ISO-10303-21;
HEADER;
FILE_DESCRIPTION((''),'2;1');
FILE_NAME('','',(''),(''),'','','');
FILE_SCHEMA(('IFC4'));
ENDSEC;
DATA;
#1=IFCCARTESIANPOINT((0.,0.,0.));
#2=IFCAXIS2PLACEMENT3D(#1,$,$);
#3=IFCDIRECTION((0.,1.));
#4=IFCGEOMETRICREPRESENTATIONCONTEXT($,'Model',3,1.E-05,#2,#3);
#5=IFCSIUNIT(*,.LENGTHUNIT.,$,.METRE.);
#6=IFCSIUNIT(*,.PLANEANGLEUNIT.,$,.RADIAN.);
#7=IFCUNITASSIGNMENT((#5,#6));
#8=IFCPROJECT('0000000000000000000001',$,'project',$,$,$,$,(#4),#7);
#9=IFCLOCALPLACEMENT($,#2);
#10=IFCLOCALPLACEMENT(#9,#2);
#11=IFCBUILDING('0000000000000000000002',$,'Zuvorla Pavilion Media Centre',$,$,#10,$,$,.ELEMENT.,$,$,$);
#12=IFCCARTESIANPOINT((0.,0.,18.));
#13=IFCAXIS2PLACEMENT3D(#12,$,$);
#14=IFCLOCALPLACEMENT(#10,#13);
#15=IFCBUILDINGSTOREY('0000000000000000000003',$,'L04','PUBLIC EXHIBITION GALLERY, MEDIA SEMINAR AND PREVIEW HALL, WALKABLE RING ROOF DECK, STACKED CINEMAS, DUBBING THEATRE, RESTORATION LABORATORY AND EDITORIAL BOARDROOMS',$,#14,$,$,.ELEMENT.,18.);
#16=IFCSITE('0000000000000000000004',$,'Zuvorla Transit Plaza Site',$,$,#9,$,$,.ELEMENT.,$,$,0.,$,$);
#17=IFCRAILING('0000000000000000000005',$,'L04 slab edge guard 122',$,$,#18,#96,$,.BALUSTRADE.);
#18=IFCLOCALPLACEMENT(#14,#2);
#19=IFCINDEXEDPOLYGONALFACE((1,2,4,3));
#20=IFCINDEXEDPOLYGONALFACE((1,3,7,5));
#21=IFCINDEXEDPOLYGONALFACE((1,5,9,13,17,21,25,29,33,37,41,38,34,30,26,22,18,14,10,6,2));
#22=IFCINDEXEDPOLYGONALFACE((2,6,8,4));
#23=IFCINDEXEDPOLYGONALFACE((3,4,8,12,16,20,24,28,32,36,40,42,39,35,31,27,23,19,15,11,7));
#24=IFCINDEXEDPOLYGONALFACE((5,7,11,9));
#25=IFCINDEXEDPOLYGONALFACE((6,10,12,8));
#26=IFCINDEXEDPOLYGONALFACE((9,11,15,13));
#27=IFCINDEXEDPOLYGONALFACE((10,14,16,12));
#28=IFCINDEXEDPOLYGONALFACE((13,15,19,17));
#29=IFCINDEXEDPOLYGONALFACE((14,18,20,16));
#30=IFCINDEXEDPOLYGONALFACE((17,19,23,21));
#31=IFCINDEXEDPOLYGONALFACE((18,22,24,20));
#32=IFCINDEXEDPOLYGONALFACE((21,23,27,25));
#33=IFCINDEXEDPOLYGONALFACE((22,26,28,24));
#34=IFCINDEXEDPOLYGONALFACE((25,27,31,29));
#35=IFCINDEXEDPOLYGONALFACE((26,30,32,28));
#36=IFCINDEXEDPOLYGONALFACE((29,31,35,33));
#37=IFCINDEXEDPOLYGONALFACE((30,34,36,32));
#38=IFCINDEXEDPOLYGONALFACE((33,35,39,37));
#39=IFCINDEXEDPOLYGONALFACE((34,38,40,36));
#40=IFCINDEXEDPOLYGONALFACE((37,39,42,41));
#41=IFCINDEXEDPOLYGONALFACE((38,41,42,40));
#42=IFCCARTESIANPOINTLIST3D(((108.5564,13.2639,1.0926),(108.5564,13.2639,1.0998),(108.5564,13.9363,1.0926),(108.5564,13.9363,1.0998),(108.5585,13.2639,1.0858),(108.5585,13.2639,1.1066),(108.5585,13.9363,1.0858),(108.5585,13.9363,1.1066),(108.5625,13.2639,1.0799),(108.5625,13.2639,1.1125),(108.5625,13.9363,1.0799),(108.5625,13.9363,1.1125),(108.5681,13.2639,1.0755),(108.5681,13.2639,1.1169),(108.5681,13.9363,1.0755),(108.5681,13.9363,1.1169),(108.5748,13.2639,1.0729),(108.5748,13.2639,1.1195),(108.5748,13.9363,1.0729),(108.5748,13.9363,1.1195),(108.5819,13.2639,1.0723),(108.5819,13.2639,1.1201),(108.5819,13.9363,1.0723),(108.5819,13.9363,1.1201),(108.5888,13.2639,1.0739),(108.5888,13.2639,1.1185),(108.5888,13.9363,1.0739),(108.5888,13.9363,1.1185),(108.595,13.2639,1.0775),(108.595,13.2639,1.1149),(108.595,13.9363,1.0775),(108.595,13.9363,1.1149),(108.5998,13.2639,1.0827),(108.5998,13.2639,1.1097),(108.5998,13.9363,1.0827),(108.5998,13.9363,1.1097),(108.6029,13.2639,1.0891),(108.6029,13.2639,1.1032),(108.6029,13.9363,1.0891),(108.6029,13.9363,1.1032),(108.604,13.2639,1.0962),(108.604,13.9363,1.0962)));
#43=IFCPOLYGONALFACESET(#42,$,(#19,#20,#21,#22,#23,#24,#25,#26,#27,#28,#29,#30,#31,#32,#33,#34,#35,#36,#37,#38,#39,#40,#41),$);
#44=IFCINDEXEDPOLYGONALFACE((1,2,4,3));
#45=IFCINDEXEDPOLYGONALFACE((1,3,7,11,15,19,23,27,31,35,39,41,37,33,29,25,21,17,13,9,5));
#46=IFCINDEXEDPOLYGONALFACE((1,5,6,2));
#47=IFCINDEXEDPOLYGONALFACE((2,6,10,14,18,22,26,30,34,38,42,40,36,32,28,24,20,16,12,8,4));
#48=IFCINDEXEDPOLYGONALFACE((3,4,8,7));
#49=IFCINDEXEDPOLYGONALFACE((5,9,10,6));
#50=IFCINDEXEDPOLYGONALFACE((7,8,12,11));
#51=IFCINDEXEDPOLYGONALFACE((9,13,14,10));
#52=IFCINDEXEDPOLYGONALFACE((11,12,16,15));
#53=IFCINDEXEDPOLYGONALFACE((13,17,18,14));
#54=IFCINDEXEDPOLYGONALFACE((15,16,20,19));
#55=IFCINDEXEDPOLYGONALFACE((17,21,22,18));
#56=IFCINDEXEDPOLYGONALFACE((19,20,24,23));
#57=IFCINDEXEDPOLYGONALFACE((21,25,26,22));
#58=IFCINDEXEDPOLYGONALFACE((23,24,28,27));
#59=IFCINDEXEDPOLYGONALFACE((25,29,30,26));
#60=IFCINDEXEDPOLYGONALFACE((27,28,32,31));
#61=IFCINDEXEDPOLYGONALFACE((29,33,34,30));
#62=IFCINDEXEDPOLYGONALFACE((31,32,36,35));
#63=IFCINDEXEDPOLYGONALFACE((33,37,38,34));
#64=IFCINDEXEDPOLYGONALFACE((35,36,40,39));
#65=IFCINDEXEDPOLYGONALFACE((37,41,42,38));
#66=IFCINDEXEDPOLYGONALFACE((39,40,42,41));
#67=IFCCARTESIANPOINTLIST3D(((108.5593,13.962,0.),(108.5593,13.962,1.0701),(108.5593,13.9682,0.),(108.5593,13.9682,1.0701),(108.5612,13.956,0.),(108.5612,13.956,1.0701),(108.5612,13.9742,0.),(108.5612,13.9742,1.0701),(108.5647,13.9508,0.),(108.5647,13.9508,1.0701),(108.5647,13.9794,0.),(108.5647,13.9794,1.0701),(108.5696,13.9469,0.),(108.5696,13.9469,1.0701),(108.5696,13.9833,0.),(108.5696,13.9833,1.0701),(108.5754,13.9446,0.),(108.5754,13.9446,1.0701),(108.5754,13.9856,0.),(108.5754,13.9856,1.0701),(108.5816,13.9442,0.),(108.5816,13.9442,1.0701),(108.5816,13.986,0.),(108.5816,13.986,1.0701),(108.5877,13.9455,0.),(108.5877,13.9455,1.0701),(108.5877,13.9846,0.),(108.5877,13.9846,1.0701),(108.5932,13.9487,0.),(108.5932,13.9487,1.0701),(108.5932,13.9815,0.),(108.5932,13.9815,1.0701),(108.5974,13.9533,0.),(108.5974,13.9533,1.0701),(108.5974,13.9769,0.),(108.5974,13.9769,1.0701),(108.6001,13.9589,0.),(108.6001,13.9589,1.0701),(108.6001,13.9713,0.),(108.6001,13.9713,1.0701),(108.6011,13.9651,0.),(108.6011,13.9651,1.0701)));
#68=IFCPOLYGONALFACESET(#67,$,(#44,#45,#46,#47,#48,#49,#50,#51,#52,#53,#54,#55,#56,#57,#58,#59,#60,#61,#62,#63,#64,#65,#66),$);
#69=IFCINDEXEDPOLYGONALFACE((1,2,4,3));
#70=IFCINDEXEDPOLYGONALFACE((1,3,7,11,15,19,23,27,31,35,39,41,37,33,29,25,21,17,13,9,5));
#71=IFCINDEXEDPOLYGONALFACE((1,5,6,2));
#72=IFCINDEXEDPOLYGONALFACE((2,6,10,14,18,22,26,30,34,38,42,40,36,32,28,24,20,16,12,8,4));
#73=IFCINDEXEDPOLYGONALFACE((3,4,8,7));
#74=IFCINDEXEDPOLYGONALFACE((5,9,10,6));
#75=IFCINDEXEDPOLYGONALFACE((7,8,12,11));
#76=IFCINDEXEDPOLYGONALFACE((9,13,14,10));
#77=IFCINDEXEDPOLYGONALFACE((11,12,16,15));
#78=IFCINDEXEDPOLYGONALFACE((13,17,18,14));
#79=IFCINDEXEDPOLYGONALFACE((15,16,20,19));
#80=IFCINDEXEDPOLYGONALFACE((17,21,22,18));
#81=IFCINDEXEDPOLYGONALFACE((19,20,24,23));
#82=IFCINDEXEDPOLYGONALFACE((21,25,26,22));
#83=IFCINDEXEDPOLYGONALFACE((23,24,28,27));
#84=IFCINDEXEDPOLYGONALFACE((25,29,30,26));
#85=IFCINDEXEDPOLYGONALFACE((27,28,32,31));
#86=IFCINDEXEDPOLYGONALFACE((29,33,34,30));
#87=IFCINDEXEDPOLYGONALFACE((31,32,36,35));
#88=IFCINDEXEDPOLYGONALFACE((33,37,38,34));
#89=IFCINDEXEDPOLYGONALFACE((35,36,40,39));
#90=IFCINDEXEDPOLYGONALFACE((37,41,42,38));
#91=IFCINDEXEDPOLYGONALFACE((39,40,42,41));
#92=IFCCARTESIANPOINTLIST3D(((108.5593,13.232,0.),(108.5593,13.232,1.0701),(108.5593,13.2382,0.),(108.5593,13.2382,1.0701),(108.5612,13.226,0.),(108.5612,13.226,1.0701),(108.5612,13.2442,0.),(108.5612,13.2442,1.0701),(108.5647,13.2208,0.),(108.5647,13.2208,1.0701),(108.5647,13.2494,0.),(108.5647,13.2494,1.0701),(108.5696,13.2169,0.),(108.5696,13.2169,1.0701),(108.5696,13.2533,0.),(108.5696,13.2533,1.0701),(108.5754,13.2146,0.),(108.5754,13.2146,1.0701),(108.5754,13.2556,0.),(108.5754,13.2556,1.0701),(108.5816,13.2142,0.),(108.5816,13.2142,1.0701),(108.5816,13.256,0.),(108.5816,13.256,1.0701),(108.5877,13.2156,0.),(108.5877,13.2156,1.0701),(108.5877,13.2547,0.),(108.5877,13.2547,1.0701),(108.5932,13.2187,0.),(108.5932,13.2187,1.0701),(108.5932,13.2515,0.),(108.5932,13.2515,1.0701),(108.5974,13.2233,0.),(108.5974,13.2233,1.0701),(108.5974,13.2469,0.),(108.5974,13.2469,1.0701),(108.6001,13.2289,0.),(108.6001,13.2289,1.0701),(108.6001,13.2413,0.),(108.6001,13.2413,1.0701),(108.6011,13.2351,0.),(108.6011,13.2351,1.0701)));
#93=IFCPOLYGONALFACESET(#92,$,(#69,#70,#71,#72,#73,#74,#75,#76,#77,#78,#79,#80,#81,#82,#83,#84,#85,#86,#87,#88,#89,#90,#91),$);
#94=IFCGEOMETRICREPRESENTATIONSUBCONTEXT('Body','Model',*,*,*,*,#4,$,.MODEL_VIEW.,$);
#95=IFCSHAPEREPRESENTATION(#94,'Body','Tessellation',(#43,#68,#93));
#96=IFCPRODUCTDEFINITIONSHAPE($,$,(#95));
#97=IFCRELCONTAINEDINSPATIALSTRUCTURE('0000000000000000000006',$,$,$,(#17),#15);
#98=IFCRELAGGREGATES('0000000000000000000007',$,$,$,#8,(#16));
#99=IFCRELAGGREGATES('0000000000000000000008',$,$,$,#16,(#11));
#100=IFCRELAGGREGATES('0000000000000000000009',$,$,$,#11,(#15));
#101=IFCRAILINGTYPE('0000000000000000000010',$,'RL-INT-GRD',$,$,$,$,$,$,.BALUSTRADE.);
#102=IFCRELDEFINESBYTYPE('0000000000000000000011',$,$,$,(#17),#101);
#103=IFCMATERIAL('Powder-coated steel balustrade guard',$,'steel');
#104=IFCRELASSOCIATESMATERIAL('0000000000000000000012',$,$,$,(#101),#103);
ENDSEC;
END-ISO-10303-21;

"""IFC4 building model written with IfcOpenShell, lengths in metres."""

from ifc_helpers import new_model, si_unit, direction, frame, origin, origin_2d, place, context, subcontext, project, spatial, circle, extrude, material, type_object, element, save


model = new_model("IFC4")

# Units and contexts
model_context = context("Model", 3, precision=1e-05, world=origin(), true_north=direction((0.0, 1.0)))
body_context = subcontext(model_context, "Body", "Model", "MODEL_VIEW")
ifc_project = project(units=[si_unit("LENGTHUNIT", "METRE"), si_unit("PLANEANGLEUNIT", "RADIAN")], contexts=[model_context])

# Site, building, storey
site_placement = place(None, origin())
site = spatial("IfcSite", under=ifc_project, at=site_placement, Name="Zuvorla Transit Plaza Site", CompositionType="ELEMENT", RefElevation=0.0)
building_placement = place(site_placement, origin())
building = spatial("IfcBuilding", under=site, at=building_placement, Name="Zuvorla Pavilion Media Centre", CompositionType="ELEMENT")
storey_placement = place(building_placement, frame((0.0, 0.0, 18.0)))
storey = spatial("IfcBuildingStorey", under=building, at=storey_placement, Name="L04", Description="PUBLIC EXHIBITION GALLERY, MEDIA SEMINAR AND PREVIEW HALL, WALKABLE RING ROOF DECK, STACKED CINEMAS, DUBBING THEATRE, RESTORATION LABORATORY AND EDITORIAL BOARDROOMS", CompositionType="ELEMENT", Elevation=18.0)

# Railing
ifc_material_1 = material(Name="Powder-coated steel balustrade guard", Category="steel")
railing_type = type_object("IfcRailingType", Name="RL-INT-GRD", PredefinedType="BALUSTRADE", material=ifc_material_1)
railing_placement = place(storey_placement, frame((108.5801, 13.9651, 0.0)))
element("IfcRailing", 1, at=railing_placement, inside=storey, type_object=railing_type, Name="L04 slab edge guard 122", PredefinedType="BALUSTRADE", context=body_context, shape_type="SweptSolid", body=[
    extrude(circle(Radius=0.0239, at=origin_2d()), frame((0.0, -0.0288, 1.0962), z_axis=(0.0, -1.0, 0.0), x_axis=(1.0, 0.0, 0.0)), (0.0, 0.0, 1.0), 0.6724),
    extrude(circle(Radius=0.021, at=origin_2d()), origin(), (0.0, 0.0, 1.0), 1.0701),
    extrude(circle(Radius=0.021, at=origin_2d()), frame((0.0, -0.73, 0.0)), (0.0, 0.0, 1.0), 1.0701),
])

save(model, "model.ifc")
